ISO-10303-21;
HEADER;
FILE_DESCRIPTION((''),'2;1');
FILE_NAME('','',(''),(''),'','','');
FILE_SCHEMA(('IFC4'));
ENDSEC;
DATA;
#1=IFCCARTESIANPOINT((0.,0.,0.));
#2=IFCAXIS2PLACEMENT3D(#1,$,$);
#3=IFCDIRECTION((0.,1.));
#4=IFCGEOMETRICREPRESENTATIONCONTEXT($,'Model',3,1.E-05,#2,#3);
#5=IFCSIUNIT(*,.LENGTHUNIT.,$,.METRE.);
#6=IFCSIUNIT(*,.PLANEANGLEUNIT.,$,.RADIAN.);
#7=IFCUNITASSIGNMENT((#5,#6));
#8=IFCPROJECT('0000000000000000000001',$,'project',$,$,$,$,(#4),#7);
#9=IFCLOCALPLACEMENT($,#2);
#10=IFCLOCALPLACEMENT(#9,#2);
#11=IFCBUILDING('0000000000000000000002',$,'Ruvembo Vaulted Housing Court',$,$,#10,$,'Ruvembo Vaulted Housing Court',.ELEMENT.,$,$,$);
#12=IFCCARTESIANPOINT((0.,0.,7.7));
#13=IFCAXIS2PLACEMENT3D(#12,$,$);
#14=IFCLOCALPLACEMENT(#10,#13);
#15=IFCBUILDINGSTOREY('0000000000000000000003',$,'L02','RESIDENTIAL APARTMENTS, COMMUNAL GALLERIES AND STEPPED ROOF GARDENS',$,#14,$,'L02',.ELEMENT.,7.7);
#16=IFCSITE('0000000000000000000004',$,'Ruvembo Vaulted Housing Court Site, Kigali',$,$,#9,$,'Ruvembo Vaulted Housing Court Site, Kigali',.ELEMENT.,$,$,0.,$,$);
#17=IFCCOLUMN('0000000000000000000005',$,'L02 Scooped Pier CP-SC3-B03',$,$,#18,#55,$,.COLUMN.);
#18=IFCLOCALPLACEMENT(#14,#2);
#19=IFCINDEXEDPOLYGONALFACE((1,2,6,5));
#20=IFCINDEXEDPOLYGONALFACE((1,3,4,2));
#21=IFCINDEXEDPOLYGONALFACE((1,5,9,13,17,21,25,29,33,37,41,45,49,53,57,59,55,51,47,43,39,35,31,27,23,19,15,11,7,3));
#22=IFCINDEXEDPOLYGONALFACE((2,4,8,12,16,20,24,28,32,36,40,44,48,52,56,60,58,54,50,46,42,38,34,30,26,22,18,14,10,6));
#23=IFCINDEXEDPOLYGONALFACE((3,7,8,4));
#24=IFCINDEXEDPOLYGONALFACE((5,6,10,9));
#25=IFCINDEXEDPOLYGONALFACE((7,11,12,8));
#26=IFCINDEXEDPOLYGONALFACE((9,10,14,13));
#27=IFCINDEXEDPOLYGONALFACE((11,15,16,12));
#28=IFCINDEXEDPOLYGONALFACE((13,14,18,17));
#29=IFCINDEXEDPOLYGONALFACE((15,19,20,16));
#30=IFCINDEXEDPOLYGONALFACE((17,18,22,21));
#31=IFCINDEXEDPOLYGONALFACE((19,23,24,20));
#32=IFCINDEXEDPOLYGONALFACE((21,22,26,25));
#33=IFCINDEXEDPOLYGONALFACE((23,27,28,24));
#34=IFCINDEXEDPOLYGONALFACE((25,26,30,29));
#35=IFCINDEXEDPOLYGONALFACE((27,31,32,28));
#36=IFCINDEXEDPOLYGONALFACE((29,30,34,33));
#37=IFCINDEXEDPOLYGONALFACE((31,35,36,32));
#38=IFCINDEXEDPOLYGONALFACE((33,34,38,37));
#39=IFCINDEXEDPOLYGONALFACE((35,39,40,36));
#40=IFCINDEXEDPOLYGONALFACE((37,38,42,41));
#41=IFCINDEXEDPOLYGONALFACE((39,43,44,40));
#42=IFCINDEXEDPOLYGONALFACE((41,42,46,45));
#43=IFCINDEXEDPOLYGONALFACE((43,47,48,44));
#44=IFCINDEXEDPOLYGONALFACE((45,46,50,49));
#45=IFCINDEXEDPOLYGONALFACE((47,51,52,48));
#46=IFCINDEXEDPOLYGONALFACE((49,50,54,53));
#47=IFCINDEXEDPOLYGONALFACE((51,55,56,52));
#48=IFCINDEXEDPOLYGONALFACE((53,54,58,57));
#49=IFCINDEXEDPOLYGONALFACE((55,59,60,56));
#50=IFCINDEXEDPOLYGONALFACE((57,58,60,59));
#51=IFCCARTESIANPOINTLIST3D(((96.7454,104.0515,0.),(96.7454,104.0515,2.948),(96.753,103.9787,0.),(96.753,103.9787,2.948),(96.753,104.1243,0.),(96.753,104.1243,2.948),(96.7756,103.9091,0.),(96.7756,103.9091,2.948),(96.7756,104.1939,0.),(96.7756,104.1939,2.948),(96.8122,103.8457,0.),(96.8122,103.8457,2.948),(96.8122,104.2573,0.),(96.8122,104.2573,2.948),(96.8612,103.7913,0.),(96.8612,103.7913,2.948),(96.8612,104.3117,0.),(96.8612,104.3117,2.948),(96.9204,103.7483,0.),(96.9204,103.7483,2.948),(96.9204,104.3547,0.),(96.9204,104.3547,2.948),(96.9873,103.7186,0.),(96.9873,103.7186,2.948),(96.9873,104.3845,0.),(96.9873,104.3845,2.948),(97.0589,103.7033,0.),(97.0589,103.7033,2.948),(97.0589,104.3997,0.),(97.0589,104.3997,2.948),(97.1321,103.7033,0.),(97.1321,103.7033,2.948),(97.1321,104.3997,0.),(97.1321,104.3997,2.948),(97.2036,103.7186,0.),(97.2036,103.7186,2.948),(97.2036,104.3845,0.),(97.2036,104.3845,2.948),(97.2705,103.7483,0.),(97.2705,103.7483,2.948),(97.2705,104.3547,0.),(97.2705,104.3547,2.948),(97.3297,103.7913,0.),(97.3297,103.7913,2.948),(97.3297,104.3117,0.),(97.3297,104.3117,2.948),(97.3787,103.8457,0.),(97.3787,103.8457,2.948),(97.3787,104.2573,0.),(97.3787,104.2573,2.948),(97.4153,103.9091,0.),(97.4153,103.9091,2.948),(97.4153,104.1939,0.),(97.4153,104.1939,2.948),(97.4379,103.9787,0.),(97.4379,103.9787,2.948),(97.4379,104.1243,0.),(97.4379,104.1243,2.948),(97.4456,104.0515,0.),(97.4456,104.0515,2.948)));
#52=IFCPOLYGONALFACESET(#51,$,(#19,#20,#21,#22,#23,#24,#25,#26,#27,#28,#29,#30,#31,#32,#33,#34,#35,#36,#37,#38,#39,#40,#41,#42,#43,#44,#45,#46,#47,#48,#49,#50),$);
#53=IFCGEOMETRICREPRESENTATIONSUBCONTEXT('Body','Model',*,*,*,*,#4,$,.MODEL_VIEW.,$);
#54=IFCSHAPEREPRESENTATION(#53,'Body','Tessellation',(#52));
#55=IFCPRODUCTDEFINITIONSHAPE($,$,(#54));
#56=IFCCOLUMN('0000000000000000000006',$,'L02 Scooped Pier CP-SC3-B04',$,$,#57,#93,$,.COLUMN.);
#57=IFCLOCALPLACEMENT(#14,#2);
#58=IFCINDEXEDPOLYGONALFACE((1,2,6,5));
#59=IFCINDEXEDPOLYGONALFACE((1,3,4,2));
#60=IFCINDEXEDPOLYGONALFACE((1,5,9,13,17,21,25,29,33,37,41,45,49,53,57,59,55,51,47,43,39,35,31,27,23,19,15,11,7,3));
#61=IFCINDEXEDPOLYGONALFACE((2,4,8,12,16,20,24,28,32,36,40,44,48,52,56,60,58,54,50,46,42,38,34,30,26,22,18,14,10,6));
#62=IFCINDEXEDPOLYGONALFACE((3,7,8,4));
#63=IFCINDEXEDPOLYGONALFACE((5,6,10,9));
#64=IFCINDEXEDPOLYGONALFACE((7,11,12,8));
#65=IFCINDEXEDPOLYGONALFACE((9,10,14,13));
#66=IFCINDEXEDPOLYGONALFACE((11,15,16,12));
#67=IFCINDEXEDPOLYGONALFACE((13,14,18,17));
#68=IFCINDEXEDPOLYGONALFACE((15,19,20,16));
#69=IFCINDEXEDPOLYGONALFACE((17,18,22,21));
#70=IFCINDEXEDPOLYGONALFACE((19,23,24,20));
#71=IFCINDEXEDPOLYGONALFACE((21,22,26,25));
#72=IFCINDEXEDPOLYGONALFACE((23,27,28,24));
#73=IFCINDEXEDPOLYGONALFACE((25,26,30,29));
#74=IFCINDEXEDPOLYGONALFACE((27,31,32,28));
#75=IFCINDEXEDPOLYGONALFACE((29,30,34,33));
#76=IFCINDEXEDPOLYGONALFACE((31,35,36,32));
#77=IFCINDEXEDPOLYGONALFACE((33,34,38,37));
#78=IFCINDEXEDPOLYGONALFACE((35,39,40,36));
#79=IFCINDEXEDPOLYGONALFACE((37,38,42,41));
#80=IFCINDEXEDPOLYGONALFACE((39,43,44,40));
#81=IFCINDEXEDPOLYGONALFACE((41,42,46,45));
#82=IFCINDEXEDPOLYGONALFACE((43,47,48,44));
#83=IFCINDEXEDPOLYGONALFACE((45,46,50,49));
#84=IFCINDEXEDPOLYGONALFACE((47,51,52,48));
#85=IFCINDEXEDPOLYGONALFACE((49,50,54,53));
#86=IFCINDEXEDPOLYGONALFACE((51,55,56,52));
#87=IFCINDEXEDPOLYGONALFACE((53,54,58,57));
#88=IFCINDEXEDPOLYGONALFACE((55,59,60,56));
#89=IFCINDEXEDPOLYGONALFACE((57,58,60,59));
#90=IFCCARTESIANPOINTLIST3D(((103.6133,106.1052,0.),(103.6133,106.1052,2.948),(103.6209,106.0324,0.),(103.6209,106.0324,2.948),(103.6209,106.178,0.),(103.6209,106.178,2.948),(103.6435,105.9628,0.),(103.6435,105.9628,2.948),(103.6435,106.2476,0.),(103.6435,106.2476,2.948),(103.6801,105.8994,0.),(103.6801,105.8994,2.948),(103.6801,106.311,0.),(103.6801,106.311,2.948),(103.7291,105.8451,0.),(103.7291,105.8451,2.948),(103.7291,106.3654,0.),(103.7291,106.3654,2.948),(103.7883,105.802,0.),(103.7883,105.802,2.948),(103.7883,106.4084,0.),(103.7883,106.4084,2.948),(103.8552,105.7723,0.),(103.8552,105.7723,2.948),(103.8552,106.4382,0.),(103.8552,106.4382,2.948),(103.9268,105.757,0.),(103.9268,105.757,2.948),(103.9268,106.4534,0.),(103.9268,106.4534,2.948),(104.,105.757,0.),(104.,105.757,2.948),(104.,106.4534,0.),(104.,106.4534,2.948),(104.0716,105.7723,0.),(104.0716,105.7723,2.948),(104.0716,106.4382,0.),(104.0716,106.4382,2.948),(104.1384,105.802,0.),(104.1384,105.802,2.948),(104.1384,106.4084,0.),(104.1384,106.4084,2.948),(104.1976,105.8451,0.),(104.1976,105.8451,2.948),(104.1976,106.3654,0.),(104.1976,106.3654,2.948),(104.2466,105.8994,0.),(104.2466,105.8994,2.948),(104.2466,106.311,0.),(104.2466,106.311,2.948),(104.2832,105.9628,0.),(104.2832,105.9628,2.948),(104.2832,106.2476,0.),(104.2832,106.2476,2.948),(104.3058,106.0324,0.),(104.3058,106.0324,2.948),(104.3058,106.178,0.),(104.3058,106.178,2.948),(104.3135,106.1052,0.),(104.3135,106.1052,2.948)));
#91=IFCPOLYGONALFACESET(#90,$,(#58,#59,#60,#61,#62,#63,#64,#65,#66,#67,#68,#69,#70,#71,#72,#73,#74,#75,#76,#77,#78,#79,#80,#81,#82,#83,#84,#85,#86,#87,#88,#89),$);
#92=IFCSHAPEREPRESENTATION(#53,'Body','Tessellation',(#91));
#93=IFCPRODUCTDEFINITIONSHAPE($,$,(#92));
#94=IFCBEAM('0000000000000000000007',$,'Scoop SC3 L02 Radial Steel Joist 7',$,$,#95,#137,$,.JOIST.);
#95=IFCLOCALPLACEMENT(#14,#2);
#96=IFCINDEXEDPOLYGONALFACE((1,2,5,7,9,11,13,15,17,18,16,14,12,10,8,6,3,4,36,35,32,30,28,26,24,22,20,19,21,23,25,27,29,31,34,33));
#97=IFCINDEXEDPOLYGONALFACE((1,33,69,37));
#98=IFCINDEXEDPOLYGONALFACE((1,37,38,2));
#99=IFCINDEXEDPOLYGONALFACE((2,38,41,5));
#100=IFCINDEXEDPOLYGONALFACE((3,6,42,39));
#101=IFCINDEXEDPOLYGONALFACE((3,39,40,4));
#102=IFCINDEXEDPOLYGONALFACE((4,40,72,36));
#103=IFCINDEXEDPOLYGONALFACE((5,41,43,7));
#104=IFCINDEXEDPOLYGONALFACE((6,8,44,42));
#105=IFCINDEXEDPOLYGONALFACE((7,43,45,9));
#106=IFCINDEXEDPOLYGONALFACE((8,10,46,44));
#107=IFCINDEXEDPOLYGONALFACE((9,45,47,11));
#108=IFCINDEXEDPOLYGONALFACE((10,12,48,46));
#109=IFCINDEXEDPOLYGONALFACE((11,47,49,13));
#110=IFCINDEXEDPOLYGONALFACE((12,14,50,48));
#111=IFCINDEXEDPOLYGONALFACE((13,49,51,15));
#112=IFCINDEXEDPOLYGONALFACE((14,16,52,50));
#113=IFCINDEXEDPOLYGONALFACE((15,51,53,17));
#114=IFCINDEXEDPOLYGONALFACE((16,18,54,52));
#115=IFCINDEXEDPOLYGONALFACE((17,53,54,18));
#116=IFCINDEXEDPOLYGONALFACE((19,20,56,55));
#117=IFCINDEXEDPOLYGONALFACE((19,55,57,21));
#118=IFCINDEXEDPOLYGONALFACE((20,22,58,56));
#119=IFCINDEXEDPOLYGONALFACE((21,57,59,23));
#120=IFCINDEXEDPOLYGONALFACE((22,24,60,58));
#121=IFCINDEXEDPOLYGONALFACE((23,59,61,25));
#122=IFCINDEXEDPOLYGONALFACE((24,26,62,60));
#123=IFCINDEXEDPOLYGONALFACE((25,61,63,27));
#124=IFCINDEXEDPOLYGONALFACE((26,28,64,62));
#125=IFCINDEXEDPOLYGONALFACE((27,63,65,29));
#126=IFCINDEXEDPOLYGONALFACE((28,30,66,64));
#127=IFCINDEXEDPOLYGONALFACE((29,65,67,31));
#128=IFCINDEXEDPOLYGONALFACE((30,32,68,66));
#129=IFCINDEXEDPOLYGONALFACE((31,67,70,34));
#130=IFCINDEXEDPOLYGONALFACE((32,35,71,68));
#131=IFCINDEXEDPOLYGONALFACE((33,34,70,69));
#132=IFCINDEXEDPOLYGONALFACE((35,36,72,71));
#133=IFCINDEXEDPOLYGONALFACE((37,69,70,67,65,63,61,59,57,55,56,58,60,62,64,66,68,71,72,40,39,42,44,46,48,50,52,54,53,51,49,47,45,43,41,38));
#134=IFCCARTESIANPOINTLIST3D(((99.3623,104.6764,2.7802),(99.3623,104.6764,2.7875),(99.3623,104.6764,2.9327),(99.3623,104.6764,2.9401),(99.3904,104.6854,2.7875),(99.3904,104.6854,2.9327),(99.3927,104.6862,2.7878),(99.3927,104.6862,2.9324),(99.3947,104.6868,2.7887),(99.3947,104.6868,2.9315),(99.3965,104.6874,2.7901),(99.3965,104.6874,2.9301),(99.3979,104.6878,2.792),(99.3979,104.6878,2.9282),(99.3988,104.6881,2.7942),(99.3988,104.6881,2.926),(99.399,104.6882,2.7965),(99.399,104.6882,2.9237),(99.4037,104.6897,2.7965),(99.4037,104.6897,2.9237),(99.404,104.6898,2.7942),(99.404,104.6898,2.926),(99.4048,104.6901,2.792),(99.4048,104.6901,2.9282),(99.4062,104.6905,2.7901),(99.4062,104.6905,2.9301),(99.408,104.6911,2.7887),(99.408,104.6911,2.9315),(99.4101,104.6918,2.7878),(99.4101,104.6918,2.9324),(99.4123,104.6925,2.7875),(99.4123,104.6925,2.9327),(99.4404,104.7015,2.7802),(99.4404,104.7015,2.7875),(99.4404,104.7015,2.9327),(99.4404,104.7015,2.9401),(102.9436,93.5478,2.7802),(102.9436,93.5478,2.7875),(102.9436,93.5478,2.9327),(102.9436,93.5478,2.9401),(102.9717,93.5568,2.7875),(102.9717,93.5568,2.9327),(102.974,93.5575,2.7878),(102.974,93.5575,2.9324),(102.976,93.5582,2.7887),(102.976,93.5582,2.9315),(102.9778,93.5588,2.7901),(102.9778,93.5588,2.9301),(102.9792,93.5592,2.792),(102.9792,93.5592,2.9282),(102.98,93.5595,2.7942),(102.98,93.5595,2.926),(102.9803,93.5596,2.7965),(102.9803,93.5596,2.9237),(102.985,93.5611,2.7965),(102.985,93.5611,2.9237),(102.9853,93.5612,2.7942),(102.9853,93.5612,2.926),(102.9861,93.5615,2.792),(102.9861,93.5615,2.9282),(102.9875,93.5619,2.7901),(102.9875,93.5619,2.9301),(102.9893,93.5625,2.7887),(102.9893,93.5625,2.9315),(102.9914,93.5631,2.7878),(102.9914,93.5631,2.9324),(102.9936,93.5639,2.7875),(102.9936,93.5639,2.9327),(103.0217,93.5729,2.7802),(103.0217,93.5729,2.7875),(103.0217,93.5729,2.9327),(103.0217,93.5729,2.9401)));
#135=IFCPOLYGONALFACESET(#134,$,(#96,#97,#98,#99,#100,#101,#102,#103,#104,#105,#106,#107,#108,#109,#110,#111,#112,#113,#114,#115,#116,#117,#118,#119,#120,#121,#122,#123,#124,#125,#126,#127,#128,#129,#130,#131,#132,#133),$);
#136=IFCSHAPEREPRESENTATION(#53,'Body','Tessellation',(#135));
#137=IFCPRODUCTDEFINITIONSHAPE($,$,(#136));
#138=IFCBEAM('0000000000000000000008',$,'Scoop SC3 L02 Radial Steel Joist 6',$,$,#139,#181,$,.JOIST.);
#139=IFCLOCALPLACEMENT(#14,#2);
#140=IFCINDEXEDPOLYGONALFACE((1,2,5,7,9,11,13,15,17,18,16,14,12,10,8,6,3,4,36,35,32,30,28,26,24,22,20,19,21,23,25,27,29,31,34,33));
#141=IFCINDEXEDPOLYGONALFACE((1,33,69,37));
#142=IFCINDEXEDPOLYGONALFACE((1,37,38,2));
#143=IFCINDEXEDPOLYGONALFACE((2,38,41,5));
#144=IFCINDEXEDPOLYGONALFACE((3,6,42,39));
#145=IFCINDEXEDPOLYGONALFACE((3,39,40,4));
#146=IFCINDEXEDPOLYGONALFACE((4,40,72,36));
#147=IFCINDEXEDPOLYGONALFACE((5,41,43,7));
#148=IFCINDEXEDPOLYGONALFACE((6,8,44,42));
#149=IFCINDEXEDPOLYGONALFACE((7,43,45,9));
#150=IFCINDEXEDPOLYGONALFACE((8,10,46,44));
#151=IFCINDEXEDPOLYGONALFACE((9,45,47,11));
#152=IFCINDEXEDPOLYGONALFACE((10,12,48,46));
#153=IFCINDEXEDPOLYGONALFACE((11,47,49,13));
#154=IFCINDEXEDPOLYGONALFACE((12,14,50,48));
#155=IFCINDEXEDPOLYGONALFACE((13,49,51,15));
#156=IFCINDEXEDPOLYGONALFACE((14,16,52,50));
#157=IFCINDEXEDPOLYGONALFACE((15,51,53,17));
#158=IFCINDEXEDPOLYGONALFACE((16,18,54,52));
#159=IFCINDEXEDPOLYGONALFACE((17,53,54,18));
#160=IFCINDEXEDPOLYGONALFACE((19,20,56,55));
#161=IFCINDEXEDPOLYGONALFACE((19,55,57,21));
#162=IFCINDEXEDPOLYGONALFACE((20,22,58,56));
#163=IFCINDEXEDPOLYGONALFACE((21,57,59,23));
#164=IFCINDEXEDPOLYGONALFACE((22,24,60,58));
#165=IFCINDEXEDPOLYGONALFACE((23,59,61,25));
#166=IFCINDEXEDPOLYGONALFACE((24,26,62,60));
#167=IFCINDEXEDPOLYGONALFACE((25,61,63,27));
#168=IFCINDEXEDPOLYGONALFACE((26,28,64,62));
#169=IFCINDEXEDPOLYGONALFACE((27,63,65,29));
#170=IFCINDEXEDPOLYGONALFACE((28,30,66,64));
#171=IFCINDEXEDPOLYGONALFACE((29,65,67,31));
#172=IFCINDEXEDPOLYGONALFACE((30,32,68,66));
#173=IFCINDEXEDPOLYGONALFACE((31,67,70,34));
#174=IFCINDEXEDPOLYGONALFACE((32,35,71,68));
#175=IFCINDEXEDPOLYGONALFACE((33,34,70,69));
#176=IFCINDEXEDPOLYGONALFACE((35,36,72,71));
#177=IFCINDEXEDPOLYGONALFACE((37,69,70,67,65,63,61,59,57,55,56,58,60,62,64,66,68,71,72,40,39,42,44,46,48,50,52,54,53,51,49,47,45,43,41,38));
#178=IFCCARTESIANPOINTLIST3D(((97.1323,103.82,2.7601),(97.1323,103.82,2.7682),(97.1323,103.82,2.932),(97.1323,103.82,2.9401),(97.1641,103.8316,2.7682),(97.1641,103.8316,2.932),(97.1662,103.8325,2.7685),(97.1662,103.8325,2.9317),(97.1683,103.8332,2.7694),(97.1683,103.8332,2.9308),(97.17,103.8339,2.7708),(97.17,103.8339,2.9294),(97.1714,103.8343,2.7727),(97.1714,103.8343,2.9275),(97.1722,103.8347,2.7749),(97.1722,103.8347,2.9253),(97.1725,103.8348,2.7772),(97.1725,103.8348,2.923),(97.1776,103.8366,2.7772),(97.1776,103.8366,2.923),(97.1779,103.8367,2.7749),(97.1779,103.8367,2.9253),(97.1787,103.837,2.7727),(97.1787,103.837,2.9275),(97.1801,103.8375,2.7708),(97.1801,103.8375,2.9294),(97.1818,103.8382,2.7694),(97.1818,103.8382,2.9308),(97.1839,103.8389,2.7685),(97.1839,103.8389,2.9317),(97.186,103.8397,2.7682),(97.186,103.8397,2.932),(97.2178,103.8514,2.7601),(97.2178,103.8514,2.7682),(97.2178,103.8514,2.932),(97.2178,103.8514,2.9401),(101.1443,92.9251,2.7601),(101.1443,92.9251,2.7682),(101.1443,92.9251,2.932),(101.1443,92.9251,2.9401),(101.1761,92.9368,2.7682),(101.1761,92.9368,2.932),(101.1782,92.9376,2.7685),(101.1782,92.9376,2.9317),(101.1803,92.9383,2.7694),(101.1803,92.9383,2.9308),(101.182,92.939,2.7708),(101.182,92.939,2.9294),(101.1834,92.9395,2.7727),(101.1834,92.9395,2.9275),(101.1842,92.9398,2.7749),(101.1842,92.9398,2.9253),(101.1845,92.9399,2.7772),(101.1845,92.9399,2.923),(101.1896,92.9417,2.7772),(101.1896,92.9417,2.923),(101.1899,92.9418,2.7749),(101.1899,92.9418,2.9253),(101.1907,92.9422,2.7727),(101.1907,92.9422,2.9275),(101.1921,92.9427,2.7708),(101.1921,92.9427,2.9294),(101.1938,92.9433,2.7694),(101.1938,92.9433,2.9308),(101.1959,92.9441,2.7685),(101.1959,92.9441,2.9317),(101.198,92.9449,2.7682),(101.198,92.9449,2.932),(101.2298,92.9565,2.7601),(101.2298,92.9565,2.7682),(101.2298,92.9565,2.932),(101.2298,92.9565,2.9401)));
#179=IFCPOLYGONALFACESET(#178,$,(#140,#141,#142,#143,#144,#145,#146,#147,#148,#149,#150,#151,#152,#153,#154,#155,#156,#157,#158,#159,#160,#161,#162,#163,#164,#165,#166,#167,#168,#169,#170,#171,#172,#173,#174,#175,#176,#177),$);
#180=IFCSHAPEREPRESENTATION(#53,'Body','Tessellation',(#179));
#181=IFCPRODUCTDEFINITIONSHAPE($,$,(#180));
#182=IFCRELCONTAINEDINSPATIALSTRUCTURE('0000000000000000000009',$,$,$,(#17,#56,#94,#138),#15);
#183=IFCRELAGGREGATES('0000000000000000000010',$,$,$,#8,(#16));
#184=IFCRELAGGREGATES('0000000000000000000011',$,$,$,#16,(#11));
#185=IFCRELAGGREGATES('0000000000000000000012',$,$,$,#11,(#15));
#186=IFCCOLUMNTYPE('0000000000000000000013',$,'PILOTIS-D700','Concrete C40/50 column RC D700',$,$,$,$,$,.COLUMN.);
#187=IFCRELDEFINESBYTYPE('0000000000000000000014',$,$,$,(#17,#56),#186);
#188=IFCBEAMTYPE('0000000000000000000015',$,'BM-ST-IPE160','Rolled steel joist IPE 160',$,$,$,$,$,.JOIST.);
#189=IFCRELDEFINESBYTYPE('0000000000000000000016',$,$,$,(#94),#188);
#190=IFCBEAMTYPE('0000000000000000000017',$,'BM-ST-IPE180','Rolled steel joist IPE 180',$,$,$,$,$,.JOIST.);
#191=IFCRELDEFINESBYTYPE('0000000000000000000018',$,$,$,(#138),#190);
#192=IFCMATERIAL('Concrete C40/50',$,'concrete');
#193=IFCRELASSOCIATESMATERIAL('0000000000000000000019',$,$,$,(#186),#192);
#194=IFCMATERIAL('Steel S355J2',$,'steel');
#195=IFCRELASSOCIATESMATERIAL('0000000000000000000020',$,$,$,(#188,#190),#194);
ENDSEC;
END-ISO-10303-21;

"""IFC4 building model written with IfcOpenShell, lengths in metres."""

from ifc_helpers import new_model, si_unit, direction, frame, origin, origin_2d, place, context, subcontext, project, spatial, circle, i_section, extrude, material, material_profile, profile_set, type_object, element, save


model = new_model("IFC4")

# Units and contexts
model_context = context("Model", 3, precision=1e-05, world=origin(), true_north=direction((0.0, 1.0)))
body_context = subcontext(model_context, "Body", "Model", "MODEL_VIEW")
ifc_project = project(units=[si_unit("LENGTHUNIT", "METRE"), si_unit("PLANEANGLEUNIT", "RADIAN")], contexts=[model_context])

# Site, building, storey
site_placement = place(None, origin())
site = spatial("IfcSite", under=ifc_project, at=site_placement, Name="Ruvembo Vaulted Housing Court Site, Kigali", LongName="Ruvembo Vaulted Housing Court Site, Kigali", CompositionType="ELEMENT", RefElevation=0.0)
building_placement = place(site_placement, origin())
building = spatial("IfcBuilding", under=site, at=building_placement, Name="Ruvembo Vaulted Housing Court", LongName="Ruvembo Vaulted Housing Court", CompositionType="ELEMENT")
storey_placement = place(building_placement, frame((0.0, 0.0, 7.7)))
storey = spatial("IfcBuildingStorey", under=building, at=storey_placement, Name="L02", Description="RESIDENTIAL APARTMENTS, COMMUNAL GALLERIES AND STEPPED ROOF GARDENS", LongName="L02", CompositionType="ELEMENT", Elevation=7.7)

# Columns
ifc_material_1 = material(Name="Concrete C40/50", Category="concrete")
ifc_material_profile_1 = material_profile(ifc_material_1, circle(Radius=0.3501, at=origin_2d()), Name="RC D700")
ifc_profile_set_1 = profile_set([ifc_material_profile_1], Name="Concrete C40/50")
column_type = type_object("IfcColumnType", Name="PILOTIS-D700", Description="Concrete C40/50 column RC D700", PredefinedType="COLUMN", material=ifc_profile_set_1)
for number, where, z_axis, x_axis, name in (
    (1, (97.0955, 104.0515, 0.0), (0.0, 0.0, 1.0), (1.0, 0.0, 0.0), "L02 Scooped Pier CP-SC3-B03"),
    (2, (103.9634, 106.1052, 0.0), (0.0, 0.0, 1.0), (1.0, 0.0, 0.0), "L02 Scooped Pier CP-SC3-B04"),
):
    element("IfcColumn", number, at=place(storey_placement, frame(where, z_axis=z_axis, x_axis=x_axis)), inside=storey, type_object=column_type, Name=name, PredefinedType="COLUMN", context=body_context, shape_type="SweptSolid", body=[
        extrude(circle(Radius=0.3501, at=origin_2d()), origin(), (0.0, 0.0, 1.0), 2.948),
    ])

# Beams
ifc_material_2 = material(Name="Steel S355J2", Category="steel")
ifc_material_profile_2 = material_profile(ifc_material_2, i_section(OverallWidth=0.082, OverallDepth=0.1599, WebThickness=0.0049, FlangeThickness=0.0073, FilletRadius=0.009, at=origin_2d()), Name="IPE 160")
ifc_profile_set_2 = profile_set([ifc_material_profile_2], Name="Steel S355J2")
beam_type_1 = type_object("IfcBeamType", Name="BM-ST-IPE160", Description="Rolled steel joist IPE 160", PredefinedType="JOIST", material=ifc_profile_set_2)
beam_1_placement = place(storey_placement, frame((99.4014, 104.689, 2.8601), z_axis=(0.306337, -0.951923, 0.0), x_axis=(0.951923, 0.306337, 0.0)))
element("IfcBeam", 3, at=beam_1_placement, inside=storey, type_object=beam_type_1, Name="Scoop SC3 L02 Radial Steel Joist 7", PredefinedType="JOIST", context=body_context, shape_type="SweptSolid", body=[
    extrude(i_section(OverallWidth=0.082, OverallDepth=0.1599, WebThickness=0.0049, FlangeThickness=0.0073, FilletRadius=0.009, at=origin_2d()), origin(), (0.0, 0.0, 1.0), 11.6907),
])
ifc_material_profile_3 = material_profile(ifc_material_2, i_section(OverallWidth=0.0911, OverallDepth=0.1799, WebThickness=0.0054, FlangeThickness=0.0081, FilletRadius=0.009, at=origin_2d()), Name="IPE 180")
ifc_profile_set_3 = profile_set([ifc_material_profile_3], Name="Steel S355J2")
beam_type_2 = type_object("IfcBeamType", Name="BM-ST-IPE180", Description="Rolled steel joist IPE 180", PredefinedType="JOIST", material=ifc_profile_set_3)
beam_2_placement = place(storey_placement, frame((97.175, 103.8357, 2.8501), z_axis=(0.345561, -0.938396, 0.0), x_axis=(0.938396, 0.345561, 0.0)))
element("IfcBeam", 4, at=beam_2_placement, inside=storey, type_object=beam_type_2, Name="Scoop SC3 L02 Radial Steel Joist 6", PredefinedType="JOIST", context=body_context, shape_type="SweptSolid", body=[
    extrude(i_section(OverallWidth=0.0911, OverallDepth=0.1799, WebThickness=0.0054, FlangeThickness=0.0081, FilletRadius=0.009, at=origin_2d()), origin(), (0.0, 0.0, 1.0), 11.6101),
])

save(model, "model.ifc")
